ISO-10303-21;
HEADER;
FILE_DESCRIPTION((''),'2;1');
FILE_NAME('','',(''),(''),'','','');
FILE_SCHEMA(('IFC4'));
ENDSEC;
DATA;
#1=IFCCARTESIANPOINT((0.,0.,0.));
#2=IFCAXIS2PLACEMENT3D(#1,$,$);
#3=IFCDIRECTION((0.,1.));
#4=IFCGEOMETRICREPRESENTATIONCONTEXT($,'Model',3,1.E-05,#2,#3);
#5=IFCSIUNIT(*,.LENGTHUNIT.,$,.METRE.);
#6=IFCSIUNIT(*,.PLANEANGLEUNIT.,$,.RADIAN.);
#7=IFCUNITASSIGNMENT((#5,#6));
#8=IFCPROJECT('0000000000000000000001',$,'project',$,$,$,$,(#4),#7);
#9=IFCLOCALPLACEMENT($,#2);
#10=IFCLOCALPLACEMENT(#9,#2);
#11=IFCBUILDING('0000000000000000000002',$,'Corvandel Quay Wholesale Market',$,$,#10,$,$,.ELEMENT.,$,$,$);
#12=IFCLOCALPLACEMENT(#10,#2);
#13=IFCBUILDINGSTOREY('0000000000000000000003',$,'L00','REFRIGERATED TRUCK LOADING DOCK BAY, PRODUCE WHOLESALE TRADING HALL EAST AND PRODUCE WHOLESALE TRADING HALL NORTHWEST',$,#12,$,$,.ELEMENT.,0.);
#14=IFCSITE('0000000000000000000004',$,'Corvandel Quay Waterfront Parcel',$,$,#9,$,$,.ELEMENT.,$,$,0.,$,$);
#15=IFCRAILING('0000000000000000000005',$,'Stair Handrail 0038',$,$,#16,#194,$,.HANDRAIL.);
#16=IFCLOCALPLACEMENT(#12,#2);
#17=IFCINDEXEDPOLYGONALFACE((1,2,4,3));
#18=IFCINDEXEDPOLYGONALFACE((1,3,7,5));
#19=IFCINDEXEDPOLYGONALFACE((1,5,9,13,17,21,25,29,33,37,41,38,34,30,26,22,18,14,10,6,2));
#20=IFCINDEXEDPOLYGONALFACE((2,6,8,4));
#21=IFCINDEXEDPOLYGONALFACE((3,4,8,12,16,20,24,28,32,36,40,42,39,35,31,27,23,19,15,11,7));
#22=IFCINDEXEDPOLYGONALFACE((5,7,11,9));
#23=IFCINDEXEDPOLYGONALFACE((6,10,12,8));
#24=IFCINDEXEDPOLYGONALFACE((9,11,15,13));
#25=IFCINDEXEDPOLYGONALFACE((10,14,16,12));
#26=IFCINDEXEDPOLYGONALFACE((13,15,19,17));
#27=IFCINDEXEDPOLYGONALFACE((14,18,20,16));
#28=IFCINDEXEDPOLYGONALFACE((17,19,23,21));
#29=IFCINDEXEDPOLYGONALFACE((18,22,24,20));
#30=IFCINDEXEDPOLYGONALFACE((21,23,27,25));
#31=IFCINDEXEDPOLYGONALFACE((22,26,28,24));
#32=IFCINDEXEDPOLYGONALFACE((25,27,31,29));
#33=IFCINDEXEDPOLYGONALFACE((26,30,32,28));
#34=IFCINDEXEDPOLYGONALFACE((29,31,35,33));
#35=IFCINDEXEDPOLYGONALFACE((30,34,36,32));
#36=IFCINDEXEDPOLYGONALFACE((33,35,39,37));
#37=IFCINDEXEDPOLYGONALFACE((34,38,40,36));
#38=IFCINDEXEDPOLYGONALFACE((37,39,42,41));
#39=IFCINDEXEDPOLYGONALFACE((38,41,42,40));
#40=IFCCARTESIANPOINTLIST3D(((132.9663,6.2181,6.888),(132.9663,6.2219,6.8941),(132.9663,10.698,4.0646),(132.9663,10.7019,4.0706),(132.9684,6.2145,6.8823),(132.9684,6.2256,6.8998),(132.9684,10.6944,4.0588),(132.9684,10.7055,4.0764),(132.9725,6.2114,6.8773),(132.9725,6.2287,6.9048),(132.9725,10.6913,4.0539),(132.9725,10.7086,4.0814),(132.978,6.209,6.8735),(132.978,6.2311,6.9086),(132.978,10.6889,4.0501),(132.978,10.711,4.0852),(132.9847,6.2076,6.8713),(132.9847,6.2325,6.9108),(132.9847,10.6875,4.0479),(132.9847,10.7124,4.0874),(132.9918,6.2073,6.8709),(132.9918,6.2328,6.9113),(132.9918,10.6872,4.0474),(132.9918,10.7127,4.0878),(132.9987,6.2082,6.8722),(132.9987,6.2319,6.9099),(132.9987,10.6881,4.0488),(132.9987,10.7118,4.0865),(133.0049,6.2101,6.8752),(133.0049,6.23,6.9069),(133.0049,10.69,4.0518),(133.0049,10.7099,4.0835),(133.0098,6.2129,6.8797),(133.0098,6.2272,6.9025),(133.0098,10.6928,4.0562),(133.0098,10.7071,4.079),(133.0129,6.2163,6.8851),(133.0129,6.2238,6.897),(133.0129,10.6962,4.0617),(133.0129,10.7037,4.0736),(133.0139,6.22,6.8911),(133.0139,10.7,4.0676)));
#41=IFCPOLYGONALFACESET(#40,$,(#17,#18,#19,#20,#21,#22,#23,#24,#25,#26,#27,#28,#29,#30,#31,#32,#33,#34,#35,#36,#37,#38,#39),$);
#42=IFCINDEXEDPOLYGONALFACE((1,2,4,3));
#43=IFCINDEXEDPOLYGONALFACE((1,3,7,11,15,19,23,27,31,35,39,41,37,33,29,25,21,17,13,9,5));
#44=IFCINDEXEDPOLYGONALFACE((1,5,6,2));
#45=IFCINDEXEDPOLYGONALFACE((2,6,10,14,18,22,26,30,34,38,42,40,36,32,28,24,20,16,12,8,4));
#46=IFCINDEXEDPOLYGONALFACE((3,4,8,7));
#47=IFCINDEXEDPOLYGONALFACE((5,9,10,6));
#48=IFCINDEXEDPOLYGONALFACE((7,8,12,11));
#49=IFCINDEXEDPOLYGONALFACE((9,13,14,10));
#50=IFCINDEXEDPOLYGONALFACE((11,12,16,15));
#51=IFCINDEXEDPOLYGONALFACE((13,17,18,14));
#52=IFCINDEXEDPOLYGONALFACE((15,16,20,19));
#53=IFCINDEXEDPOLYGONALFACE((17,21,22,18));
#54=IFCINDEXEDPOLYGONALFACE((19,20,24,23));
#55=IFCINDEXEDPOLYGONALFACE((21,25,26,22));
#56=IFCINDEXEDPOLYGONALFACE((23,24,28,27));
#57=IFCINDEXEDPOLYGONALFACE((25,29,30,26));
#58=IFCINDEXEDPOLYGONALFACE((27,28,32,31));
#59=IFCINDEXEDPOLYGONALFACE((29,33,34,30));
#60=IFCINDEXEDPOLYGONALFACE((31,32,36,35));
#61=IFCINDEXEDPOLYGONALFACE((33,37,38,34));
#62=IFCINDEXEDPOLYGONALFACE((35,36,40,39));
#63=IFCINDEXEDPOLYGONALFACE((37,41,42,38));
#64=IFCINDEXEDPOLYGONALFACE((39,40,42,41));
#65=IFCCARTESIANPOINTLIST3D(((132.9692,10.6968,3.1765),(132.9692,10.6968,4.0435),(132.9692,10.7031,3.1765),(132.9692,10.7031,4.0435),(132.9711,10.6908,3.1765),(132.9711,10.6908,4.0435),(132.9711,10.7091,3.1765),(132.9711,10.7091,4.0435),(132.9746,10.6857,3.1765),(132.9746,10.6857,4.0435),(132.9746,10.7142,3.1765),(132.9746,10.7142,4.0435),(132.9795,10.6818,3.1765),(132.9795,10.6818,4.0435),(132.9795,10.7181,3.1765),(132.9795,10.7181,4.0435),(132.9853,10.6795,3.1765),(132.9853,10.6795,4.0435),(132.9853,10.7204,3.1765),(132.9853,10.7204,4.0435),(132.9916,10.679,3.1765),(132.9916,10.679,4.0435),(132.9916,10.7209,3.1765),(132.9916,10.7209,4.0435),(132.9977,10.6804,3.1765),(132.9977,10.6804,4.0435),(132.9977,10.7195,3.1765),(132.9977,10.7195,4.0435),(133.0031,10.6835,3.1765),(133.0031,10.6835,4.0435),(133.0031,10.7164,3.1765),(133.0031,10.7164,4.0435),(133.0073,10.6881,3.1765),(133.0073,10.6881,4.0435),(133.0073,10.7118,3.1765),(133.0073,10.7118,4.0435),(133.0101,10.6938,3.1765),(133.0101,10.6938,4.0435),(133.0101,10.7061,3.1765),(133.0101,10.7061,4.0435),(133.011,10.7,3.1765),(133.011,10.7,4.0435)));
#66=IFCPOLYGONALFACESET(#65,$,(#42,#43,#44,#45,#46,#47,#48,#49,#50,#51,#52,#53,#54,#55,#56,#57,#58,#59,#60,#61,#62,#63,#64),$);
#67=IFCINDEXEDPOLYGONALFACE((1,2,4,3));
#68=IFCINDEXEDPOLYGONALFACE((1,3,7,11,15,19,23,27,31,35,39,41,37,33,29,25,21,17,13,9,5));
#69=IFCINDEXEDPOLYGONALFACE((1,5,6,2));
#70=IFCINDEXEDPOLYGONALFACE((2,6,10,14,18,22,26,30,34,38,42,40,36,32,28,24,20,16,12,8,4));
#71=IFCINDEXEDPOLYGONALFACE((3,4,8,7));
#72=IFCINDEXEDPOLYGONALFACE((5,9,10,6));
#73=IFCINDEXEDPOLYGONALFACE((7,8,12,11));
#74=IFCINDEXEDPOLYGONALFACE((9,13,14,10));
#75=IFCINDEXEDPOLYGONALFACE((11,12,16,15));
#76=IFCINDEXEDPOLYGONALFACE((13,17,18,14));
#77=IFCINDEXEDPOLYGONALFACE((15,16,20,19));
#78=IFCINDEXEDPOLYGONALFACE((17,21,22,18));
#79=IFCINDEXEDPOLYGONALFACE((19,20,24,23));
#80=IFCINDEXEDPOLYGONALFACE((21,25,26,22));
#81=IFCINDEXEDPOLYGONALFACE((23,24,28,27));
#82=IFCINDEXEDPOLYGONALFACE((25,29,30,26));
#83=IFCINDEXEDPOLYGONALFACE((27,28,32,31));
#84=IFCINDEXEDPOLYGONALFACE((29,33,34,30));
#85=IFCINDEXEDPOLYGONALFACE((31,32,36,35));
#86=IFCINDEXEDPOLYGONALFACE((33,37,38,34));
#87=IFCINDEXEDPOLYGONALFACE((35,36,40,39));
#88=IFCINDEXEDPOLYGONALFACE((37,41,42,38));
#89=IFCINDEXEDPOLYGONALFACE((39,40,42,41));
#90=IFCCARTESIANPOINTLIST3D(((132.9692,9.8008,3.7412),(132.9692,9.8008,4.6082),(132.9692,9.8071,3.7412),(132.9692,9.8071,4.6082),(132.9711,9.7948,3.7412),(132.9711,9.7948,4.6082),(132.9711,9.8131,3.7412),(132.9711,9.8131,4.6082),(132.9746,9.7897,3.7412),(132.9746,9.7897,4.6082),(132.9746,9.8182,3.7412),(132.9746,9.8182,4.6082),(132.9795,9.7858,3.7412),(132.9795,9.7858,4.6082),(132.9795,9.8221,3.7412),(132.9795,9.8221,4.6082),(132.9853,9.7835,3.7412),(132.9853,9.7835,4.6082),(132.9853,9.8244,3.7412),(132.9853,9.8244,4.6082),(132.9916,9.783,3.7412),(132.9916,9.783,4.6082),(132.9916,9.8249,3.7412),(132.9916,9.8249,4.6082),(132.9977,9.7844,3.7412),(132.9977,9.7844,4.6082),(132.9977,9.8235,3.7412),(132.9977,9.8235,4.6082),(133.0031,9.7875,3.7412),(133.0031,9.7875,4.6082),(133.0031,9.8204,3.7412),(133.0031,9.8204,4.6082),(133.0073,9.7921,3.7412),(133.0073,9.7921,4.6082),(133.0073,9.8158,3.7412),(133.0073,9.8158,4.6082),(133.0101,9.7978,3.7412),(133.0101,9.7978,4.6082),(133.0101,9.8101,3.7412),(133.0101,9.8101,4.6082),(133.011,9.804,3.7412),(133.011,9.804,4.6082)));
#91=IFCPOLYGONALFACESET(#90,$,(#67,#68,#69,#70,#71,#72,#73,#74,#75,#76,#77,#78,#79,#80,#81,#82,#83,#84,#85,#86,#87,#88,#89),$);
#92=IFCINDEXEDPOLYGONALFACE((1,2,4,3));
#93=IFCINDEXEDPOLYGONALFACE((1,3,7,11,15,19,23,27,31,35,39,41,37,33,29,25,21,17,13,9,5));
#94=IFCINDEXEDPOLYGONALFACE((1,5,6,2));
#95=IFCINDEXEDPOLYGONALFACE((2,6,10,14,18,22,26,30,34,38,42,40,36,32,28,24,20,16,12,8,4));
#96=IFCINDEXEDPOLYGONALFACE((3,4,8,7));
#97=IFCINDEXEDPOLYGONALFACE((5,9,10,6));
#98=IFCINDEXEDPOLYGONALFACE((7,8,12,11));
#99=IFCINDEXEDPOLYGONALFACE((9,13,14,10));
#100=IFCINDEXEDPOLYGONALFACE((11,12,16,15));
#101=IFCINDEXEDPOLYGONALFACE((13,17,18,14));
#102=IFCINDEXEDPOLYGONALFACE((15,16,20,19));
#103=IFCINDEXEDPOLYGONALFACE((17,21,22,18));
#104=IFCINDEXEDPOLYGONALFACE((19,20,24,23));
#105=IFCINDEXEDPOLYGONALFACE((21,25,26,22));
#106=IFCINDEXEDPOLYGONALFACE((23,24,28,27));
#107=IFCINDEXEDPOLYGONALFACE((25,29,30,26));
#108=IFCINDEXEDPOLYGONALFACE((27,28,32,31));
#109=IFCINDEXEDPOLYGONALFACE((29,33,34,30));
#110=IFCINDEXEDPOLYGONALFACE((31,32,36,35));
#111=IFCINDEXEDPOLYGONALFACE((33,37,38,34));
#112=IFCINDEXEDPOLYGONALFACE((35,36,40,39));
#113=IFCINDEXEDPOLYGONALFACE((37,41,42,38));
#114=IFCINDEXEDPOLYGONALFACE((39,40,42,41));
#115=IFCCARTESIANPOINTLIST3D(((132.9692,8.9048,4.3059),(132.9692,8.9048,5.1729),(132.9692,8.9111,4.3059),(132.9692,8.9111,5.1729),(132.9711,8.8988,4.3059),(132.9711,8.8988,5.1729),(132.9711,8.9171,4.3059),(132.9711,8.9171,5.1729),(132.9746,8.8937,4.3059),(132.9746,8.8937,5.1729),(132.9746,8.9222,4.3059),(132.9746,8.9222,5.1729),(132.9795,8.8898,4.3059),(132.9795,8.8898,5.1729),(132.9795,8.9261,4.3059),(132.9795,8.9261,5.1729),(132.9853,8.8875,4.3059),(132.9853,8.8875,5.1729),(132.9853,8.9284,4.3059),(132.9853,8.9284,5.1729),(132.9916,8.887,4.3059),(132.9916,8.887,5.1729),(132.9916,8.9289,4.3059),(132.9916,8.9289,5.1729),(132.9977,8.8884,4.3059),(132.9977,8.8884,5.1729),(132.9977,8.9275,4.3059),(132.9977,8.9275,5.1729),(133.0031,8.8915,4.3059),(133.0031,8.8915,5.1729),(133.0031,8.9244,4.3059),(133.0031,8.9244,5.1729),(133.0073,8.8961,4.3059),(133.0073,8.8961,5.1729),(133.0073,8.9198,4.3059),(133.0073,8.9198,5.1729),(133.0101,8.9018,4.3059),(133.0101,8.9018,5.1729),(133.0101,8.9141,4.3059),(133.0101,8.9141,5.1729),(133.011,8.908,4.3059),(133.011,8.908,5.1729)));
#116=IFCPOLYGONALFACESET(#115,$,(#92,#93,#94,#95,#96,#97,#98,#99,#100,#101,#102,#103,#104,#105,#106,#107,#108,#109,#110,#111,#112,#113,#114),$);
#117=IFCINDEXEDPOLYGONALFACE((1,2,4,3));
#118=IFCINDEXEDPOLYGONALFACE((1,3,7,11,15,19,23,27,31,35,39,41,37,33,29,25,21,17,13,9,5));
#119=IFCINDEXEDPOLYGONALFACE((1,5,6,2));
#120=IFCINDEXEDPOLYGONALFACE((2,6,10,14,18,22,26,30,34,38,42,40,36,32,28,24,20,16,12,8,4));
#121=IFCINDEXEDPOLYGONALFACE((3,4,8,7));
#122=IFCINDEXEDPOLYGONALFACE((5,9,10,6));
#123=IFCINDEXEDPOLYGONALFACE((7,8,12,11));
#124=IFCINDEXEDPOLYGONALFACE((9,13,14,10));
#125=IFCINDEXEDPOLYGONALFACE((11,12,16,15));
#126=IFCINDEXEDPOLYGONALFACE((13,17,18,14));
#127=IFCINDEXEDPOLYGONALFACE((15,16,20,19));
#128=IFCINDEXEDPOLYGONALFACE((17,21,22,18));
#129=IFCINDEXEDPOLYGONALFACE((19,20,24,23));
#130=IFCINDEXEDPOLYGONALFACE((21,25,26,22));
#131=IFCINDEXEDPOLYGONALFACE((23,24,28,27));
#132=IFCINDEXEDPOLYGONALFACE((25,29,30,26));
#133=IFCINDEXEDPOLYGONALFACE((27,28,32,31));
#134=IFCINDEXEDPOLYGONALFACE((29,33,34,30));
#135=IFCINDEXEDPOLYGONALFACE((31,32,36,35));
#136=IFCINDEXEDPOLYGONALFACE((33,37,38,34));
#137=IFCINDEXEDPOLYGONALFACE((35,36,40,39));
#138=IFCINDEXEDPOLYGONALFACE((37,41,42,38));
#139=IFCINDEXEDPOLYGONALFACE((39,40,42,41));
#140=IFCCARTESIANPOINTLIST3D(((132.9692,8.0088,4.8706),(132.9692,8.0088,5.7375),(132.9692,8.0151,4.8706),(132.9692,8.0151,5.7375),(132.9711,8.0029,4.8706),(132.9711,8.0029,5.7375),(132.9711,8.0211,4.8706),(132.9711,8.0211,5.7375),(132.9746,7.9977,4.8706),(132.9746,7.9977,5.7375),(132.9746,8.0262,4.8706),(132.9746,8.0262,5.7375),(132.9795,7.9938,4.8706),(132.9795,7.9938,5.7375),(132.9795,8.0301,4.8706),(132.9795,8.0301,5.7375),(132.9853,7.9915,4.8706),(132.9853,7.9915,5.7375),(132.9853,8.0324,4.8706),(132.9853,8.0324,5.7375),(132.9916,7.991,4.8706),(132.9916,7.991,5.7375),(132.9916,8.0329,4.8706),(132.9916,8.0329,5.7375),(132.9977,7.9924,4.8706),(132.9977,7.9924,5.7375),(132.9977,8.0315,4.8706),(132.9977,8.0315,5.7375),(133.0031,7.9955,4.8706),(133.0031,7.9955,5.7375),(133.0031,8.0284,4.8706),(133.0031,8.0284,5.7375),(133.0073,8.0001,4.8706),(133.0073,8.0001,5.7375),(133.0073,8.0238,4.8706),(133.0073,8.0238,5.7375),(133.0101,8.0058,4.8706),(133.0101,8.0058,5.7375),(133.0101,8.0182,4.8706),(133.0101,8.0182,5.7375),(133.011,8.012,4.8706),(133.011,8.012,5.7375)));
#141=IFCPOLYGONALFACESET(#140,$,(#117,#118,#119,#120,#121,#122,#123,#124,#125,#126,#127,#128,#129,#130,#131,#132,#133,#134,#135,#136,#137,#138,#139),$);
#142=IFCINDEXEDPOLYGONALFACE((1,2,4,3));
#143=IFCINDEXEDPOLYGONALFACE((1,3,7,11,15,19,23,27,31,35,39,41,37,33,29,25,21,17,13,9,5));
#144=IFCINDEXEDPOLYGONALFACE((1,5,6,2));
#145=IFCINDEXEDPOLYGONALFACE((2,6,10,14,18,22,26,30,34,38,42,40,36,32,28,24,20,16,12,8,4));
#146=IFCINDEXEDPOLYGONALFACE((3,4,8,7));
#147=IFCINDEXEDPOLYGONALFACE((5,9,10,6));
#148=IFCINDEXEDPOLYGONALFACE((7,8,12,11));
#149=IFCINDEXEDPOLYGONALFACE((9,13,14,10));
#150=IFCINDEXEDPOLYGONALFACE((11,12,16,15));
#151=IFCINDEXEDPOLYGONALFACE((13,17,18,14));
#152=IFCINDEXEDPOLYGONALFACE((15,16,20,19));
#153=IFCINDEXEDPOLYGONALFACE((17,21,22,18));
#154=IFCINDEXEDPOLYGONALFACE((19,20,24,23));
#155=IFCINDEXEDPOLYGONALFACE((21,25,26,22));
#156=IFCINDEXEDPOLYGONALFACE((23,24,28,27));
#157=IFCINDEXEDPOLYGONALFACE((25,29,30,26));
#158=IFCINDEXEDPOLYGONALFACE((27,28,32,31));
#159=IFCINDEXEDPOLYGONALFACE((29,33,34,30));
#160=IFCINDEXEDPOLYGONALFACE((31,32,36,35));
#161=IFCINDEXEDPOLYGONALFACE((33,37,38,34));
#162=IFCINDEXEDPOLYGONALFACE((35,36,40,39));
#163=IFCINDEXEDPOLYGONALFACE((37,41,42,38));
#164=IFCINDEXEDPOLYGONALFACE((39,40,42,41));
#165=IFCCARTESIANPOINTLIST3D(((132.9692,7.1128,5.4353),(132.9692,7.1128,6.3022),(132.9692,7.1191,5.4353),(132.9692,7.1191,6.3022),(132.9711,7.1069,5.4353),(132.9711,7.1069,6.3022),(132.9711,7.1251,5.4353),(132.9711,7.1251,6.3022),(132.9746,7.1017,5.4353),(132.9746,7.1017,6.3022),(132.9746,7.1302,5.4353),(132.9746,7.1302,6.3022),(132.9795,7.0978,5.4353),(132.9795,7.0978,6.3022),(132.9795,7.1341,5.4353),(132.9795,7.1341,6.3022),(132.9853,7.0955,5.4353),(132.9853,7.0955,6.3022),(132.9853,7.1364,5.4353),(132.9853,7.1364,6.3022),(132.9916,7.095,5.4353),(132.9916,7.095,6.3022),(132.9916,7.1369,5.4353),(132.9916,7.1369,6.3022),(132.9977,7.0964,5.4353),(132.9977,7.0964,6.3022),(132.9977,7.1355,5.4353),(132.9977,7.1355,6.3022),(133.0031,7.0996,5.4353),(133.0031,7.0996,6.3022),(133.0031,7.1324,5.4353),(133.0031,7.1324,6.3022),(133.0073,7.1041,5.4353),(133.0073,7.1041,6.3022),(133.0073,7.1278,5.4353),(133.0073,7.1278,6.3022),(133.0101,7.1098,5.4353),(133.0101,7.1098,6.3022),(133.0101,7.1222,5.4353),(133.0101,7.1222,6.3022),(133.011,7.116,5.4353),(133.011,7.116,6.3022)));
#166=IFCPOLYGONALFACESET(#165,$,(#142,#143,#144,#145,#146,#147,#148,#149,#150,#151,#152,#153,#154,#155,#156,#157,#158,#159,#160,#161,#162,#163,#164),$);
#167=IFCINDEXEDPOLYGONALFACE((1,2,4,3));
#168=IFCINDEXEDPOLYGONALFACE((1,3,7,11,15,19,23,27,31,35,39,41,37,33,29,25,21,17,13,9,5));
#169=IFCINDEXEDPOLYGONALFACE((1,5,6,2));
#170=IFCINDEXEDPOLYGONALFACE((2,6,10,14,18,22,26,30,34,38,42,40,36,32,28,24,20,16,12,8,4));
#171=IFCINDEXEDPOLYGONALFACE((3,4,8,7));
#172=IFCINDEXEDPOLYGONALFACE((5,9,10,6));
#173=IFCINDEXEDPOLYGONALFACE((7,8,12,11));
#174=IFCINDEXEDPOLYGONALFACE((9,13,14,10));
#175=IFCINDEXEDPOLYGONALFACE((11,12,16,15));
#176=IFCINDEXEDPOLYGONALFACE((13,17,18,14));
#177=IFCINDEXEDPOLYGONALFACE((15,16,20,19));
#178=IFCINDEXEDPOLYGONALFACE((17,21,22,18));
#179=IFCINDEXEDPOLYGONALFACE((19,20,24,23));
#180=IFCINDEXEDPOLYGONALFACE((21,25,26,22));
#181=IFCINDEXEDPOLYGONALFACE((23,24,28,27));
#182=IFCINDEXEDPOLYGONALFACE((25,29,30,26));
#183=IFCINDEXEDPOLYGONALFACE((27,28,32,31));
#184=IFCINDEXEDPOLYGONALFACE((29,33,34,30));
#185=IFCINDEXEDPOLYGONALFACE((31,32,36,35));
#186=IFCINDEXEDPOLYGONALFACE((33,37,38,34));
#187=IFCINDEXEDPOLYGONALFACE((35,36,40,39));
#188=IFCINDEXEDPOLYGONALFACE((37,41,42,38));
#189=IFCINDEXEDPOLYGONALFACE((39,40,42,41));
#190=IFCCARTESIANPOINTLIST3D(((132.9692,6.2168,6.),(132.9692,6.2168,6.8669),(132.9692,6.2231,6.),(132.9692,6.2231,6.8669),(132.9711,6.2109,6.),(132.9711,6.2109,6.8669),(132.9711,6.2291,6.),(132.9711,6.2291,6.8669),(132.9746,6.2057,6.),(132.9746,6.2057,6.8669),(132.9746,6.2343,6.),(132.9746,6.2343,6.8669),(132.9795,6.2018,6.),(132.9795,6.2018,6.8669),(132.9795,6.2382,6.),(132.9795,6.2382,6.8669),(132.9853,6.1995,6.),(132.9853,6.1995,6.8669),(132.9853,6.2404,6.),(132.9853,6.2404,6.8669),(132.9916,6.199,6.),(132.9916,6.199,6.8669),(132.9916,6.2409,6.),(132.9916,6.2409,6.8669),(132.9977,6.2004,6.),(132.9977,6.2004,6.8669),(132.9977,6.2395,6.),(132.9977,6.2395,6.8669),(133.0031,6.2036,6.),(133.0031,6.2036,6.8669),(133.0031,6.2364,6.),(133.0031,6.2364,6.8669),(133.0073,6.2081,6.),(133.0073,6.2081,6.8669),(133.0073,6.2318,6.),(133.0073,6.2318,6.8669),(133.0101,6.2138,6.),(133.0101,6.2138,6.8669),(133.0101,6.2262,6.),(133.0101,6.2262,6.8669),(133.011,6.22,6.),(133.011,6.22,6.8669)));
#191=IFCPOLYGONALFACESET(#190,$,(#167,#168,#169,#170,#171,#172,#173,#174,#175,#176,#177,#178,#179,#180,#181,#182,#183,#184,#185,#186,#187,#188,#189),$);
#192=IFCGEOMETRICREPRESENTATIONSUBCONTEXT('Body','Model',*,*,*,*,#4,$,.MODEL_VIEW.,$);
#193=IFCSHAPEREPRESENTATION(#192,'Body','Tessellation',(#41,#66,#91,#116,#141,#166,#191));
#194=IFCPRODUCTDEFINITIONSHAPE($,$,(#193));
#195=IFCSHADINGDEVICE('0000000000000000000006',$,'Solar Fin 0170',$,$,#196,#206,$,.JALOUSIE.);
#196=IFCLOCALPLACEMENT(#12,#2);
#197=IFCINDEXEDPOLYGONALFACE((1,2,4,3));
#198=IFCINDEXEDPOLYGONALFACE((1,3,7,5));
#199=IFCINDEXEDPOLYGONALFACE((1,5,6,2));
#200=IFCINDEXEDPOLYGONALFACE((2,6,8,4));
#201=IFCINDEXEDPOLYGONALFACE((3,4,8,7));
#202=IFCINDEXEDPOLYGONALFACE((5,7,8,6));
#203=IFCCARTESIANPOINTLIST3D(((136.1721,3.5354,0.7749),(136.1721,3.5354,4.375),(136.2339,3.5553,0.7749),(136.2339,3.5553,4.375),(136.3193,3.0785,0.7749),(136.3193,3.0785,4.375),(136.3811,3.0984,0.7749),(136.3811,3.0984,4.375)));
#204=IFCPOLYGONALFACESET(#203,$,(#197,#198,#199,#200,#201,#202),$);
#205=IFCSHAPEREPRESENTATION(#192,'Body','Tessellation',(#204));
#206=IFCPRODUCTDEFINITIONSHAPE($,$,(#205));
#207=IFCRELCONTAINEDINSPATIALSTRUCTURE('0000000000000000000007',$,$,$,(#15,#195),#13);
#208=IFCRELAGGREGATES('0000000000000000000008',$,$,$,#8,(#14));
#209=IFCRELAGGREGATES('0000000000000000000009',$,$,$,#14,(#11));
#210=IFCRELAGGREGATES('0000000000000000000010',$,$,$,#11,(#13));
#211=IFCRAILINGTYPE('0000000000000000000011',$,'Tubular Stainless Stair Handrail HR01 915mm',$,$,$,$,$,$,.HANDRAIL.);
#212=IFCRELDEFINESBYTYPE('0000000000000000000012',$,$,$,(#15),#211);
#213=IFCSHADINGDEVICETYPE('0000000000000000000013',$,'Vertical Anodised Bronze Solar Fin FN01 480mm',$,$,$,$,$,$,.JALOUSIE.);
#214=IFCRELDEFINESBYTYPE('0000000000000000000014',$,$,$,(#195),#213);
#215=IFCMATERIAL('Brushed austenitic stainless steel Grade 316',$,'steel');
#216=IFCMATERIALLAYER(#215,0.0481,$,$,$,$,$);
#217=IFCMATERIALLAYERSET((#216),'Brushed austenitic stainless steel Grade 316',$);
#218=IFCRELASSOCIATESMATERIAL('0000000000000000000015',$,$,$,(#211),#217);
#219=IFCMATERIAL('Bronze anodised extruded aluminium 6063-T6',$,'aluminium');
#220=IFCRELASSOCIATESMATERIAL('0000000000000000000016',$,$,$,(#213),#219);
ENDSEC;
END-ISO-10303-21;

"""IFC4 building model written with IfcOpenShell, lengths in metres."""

from ifc_helpers import new_model, si_unit, direction, frame, origin, origin_2d, place, context, subcontext, project, spatial, rectangle, circle, extrude, material, layer, layer_set, type_object, element, save


model = new_model("IFC4")

# Units and contexts
model_context = context("Model", 3, precision=1e-05, world=origin(), true_north=direction((0.0, 1.0)))
body_context = subcontext(model_context, "Body", "Model", "MODEL_VIEW")
ifc_project = project(units=[si_unit("LENGTHUNIT", "METRE"), si_unit("PLANEANGLEUNIT", "RADIAN")], contexts=[model_context])

# Site, building, storey
site_placement = place(None, origin())
site = spatial("IfcSite", under=ifc_project, at=site_placement, Name="Corvandel Quay Waterfront Parcel", CompositionType="ELEMENT", RefElevation=0.0)
building_placement = place(site_placement, origin())
building = spatial("IfcBuilding", under=site, at=building_placement, Name="Corvandel Quay Wholesale Market", CompositionType="ELEMENT")
storey_placement = place(building_placement, origin())
storey = spatial("IfcBuildingStorey", under=building, at=storey_placement, Name="L00", Description="REFRIGERATED TRUCK LOADING DOCK BAY, PRODUCE WHOLESALE TRADING HALL EAST AND PRODUCE WHOLESALE TRADING HALL NORTHWEST", CompositionType="ELEMENT", Elevation=0.0)

# Railing
ifc_material_1 = material(Name="Brushed austenitic stainless steel Grade 316", Category="steel")
ifc_layer_1 = layer(ifc_material_1, 0.0481)
ifc_layer_set_1 = layer_set([ifc_layer_1], Name="Brushed austenitic stainless steel Grade 316")
railing_type_1 = type_object("IfcRailingType", Name="Tubular Stainless Stair Handrail HR01 915mm", PredefinedType="HANDRAIL", material=ifc_layer_set_1)
for number, where, name in (
    (1, (132.99, 10.7, 3.1765), "Stair Handrail 0038"),
):
    element("IfcRailing", number, at=place(storey_placement, frame(where)), inside=storey, type_object=railing_type_1, Name=name, PredefinedType="HANDRAIL", context=body_context, shape_type="SweptSolid", body=[
        extrude(circle(Radius=0.0239, at=origin_2d()), frame((0.0, 0.0, 0.8911), z_axis=(0.0, -0.845998, 0.533186), x_axis=(1.0, 0.0, 0.0)), (0.0, 0.0, 1.0), 5.2954),
        extrude(circle(Radius=0.021, at=origin_2d()), origin(), (0.0, 0.0, 1.0), 0.8669),
        extrude(circle(Radius=0.021, at=origin_2d()), frame((0.0, -0.896, 0.5647)), (0.0, 0.0, 1.0), 0.8669),
        extrude(circle(Radius=0.021, at=origin_2d()), frame((0.0, -1.792, 1.1294)), (0.0, 0.0, 1.0), 0.8669),
        extrude(circle(Radius=0.021, at=origin_2d()), frame((0.0, -2.688, 1.6941)), (0.0, 0.0, 1.0), 0.8669),
        extrude(circle(Radius=0.021, at=origin_2d()), frame((0.0, -3.584, 2.2588)), (0.0, 0.0, 1.0), 0.8669),
        extrude(circle(Radius=0.021, at=origin_2d()), frame((0.0, -4.48, 2.8235)), (0.0, 0.0, 1.0), 0.8669),
    ])

# Shading device
ifc_material_2 = material(Name="Bronze anodised extruded aluminium 6063-T6", Category="aluminium")
shading_device_type = type_object("IfcShadingDeviceType", Name="Vertical Anodised Bronze Solar Fin FN01 480mm", PredefinedType="JALOUSIE", material=ifc_material_2)
shading_device_placement = place(storey_placement, frame((136.2766, 3.3169, 0.7749), z_axis=(0.0, 0.0, 1.0), x_axis=(-0.306692, 0.951809, 0.0)))
element("IfcShadingDevice", 2, at=shading_device_placement, inside=storey, type_object=shading_device_type, Name="Solar Fin 0170", PredefinedType="JALOUSIE", context=body_context, shape_type="SweptSolid", body=[
    extrude(rectangle(XDim=0.48, YDim=0.0649, at=origin_2d()), origin(), (0.0, 0.0, 1.0), 3.6001),
])

save(model, "model.ifc")
